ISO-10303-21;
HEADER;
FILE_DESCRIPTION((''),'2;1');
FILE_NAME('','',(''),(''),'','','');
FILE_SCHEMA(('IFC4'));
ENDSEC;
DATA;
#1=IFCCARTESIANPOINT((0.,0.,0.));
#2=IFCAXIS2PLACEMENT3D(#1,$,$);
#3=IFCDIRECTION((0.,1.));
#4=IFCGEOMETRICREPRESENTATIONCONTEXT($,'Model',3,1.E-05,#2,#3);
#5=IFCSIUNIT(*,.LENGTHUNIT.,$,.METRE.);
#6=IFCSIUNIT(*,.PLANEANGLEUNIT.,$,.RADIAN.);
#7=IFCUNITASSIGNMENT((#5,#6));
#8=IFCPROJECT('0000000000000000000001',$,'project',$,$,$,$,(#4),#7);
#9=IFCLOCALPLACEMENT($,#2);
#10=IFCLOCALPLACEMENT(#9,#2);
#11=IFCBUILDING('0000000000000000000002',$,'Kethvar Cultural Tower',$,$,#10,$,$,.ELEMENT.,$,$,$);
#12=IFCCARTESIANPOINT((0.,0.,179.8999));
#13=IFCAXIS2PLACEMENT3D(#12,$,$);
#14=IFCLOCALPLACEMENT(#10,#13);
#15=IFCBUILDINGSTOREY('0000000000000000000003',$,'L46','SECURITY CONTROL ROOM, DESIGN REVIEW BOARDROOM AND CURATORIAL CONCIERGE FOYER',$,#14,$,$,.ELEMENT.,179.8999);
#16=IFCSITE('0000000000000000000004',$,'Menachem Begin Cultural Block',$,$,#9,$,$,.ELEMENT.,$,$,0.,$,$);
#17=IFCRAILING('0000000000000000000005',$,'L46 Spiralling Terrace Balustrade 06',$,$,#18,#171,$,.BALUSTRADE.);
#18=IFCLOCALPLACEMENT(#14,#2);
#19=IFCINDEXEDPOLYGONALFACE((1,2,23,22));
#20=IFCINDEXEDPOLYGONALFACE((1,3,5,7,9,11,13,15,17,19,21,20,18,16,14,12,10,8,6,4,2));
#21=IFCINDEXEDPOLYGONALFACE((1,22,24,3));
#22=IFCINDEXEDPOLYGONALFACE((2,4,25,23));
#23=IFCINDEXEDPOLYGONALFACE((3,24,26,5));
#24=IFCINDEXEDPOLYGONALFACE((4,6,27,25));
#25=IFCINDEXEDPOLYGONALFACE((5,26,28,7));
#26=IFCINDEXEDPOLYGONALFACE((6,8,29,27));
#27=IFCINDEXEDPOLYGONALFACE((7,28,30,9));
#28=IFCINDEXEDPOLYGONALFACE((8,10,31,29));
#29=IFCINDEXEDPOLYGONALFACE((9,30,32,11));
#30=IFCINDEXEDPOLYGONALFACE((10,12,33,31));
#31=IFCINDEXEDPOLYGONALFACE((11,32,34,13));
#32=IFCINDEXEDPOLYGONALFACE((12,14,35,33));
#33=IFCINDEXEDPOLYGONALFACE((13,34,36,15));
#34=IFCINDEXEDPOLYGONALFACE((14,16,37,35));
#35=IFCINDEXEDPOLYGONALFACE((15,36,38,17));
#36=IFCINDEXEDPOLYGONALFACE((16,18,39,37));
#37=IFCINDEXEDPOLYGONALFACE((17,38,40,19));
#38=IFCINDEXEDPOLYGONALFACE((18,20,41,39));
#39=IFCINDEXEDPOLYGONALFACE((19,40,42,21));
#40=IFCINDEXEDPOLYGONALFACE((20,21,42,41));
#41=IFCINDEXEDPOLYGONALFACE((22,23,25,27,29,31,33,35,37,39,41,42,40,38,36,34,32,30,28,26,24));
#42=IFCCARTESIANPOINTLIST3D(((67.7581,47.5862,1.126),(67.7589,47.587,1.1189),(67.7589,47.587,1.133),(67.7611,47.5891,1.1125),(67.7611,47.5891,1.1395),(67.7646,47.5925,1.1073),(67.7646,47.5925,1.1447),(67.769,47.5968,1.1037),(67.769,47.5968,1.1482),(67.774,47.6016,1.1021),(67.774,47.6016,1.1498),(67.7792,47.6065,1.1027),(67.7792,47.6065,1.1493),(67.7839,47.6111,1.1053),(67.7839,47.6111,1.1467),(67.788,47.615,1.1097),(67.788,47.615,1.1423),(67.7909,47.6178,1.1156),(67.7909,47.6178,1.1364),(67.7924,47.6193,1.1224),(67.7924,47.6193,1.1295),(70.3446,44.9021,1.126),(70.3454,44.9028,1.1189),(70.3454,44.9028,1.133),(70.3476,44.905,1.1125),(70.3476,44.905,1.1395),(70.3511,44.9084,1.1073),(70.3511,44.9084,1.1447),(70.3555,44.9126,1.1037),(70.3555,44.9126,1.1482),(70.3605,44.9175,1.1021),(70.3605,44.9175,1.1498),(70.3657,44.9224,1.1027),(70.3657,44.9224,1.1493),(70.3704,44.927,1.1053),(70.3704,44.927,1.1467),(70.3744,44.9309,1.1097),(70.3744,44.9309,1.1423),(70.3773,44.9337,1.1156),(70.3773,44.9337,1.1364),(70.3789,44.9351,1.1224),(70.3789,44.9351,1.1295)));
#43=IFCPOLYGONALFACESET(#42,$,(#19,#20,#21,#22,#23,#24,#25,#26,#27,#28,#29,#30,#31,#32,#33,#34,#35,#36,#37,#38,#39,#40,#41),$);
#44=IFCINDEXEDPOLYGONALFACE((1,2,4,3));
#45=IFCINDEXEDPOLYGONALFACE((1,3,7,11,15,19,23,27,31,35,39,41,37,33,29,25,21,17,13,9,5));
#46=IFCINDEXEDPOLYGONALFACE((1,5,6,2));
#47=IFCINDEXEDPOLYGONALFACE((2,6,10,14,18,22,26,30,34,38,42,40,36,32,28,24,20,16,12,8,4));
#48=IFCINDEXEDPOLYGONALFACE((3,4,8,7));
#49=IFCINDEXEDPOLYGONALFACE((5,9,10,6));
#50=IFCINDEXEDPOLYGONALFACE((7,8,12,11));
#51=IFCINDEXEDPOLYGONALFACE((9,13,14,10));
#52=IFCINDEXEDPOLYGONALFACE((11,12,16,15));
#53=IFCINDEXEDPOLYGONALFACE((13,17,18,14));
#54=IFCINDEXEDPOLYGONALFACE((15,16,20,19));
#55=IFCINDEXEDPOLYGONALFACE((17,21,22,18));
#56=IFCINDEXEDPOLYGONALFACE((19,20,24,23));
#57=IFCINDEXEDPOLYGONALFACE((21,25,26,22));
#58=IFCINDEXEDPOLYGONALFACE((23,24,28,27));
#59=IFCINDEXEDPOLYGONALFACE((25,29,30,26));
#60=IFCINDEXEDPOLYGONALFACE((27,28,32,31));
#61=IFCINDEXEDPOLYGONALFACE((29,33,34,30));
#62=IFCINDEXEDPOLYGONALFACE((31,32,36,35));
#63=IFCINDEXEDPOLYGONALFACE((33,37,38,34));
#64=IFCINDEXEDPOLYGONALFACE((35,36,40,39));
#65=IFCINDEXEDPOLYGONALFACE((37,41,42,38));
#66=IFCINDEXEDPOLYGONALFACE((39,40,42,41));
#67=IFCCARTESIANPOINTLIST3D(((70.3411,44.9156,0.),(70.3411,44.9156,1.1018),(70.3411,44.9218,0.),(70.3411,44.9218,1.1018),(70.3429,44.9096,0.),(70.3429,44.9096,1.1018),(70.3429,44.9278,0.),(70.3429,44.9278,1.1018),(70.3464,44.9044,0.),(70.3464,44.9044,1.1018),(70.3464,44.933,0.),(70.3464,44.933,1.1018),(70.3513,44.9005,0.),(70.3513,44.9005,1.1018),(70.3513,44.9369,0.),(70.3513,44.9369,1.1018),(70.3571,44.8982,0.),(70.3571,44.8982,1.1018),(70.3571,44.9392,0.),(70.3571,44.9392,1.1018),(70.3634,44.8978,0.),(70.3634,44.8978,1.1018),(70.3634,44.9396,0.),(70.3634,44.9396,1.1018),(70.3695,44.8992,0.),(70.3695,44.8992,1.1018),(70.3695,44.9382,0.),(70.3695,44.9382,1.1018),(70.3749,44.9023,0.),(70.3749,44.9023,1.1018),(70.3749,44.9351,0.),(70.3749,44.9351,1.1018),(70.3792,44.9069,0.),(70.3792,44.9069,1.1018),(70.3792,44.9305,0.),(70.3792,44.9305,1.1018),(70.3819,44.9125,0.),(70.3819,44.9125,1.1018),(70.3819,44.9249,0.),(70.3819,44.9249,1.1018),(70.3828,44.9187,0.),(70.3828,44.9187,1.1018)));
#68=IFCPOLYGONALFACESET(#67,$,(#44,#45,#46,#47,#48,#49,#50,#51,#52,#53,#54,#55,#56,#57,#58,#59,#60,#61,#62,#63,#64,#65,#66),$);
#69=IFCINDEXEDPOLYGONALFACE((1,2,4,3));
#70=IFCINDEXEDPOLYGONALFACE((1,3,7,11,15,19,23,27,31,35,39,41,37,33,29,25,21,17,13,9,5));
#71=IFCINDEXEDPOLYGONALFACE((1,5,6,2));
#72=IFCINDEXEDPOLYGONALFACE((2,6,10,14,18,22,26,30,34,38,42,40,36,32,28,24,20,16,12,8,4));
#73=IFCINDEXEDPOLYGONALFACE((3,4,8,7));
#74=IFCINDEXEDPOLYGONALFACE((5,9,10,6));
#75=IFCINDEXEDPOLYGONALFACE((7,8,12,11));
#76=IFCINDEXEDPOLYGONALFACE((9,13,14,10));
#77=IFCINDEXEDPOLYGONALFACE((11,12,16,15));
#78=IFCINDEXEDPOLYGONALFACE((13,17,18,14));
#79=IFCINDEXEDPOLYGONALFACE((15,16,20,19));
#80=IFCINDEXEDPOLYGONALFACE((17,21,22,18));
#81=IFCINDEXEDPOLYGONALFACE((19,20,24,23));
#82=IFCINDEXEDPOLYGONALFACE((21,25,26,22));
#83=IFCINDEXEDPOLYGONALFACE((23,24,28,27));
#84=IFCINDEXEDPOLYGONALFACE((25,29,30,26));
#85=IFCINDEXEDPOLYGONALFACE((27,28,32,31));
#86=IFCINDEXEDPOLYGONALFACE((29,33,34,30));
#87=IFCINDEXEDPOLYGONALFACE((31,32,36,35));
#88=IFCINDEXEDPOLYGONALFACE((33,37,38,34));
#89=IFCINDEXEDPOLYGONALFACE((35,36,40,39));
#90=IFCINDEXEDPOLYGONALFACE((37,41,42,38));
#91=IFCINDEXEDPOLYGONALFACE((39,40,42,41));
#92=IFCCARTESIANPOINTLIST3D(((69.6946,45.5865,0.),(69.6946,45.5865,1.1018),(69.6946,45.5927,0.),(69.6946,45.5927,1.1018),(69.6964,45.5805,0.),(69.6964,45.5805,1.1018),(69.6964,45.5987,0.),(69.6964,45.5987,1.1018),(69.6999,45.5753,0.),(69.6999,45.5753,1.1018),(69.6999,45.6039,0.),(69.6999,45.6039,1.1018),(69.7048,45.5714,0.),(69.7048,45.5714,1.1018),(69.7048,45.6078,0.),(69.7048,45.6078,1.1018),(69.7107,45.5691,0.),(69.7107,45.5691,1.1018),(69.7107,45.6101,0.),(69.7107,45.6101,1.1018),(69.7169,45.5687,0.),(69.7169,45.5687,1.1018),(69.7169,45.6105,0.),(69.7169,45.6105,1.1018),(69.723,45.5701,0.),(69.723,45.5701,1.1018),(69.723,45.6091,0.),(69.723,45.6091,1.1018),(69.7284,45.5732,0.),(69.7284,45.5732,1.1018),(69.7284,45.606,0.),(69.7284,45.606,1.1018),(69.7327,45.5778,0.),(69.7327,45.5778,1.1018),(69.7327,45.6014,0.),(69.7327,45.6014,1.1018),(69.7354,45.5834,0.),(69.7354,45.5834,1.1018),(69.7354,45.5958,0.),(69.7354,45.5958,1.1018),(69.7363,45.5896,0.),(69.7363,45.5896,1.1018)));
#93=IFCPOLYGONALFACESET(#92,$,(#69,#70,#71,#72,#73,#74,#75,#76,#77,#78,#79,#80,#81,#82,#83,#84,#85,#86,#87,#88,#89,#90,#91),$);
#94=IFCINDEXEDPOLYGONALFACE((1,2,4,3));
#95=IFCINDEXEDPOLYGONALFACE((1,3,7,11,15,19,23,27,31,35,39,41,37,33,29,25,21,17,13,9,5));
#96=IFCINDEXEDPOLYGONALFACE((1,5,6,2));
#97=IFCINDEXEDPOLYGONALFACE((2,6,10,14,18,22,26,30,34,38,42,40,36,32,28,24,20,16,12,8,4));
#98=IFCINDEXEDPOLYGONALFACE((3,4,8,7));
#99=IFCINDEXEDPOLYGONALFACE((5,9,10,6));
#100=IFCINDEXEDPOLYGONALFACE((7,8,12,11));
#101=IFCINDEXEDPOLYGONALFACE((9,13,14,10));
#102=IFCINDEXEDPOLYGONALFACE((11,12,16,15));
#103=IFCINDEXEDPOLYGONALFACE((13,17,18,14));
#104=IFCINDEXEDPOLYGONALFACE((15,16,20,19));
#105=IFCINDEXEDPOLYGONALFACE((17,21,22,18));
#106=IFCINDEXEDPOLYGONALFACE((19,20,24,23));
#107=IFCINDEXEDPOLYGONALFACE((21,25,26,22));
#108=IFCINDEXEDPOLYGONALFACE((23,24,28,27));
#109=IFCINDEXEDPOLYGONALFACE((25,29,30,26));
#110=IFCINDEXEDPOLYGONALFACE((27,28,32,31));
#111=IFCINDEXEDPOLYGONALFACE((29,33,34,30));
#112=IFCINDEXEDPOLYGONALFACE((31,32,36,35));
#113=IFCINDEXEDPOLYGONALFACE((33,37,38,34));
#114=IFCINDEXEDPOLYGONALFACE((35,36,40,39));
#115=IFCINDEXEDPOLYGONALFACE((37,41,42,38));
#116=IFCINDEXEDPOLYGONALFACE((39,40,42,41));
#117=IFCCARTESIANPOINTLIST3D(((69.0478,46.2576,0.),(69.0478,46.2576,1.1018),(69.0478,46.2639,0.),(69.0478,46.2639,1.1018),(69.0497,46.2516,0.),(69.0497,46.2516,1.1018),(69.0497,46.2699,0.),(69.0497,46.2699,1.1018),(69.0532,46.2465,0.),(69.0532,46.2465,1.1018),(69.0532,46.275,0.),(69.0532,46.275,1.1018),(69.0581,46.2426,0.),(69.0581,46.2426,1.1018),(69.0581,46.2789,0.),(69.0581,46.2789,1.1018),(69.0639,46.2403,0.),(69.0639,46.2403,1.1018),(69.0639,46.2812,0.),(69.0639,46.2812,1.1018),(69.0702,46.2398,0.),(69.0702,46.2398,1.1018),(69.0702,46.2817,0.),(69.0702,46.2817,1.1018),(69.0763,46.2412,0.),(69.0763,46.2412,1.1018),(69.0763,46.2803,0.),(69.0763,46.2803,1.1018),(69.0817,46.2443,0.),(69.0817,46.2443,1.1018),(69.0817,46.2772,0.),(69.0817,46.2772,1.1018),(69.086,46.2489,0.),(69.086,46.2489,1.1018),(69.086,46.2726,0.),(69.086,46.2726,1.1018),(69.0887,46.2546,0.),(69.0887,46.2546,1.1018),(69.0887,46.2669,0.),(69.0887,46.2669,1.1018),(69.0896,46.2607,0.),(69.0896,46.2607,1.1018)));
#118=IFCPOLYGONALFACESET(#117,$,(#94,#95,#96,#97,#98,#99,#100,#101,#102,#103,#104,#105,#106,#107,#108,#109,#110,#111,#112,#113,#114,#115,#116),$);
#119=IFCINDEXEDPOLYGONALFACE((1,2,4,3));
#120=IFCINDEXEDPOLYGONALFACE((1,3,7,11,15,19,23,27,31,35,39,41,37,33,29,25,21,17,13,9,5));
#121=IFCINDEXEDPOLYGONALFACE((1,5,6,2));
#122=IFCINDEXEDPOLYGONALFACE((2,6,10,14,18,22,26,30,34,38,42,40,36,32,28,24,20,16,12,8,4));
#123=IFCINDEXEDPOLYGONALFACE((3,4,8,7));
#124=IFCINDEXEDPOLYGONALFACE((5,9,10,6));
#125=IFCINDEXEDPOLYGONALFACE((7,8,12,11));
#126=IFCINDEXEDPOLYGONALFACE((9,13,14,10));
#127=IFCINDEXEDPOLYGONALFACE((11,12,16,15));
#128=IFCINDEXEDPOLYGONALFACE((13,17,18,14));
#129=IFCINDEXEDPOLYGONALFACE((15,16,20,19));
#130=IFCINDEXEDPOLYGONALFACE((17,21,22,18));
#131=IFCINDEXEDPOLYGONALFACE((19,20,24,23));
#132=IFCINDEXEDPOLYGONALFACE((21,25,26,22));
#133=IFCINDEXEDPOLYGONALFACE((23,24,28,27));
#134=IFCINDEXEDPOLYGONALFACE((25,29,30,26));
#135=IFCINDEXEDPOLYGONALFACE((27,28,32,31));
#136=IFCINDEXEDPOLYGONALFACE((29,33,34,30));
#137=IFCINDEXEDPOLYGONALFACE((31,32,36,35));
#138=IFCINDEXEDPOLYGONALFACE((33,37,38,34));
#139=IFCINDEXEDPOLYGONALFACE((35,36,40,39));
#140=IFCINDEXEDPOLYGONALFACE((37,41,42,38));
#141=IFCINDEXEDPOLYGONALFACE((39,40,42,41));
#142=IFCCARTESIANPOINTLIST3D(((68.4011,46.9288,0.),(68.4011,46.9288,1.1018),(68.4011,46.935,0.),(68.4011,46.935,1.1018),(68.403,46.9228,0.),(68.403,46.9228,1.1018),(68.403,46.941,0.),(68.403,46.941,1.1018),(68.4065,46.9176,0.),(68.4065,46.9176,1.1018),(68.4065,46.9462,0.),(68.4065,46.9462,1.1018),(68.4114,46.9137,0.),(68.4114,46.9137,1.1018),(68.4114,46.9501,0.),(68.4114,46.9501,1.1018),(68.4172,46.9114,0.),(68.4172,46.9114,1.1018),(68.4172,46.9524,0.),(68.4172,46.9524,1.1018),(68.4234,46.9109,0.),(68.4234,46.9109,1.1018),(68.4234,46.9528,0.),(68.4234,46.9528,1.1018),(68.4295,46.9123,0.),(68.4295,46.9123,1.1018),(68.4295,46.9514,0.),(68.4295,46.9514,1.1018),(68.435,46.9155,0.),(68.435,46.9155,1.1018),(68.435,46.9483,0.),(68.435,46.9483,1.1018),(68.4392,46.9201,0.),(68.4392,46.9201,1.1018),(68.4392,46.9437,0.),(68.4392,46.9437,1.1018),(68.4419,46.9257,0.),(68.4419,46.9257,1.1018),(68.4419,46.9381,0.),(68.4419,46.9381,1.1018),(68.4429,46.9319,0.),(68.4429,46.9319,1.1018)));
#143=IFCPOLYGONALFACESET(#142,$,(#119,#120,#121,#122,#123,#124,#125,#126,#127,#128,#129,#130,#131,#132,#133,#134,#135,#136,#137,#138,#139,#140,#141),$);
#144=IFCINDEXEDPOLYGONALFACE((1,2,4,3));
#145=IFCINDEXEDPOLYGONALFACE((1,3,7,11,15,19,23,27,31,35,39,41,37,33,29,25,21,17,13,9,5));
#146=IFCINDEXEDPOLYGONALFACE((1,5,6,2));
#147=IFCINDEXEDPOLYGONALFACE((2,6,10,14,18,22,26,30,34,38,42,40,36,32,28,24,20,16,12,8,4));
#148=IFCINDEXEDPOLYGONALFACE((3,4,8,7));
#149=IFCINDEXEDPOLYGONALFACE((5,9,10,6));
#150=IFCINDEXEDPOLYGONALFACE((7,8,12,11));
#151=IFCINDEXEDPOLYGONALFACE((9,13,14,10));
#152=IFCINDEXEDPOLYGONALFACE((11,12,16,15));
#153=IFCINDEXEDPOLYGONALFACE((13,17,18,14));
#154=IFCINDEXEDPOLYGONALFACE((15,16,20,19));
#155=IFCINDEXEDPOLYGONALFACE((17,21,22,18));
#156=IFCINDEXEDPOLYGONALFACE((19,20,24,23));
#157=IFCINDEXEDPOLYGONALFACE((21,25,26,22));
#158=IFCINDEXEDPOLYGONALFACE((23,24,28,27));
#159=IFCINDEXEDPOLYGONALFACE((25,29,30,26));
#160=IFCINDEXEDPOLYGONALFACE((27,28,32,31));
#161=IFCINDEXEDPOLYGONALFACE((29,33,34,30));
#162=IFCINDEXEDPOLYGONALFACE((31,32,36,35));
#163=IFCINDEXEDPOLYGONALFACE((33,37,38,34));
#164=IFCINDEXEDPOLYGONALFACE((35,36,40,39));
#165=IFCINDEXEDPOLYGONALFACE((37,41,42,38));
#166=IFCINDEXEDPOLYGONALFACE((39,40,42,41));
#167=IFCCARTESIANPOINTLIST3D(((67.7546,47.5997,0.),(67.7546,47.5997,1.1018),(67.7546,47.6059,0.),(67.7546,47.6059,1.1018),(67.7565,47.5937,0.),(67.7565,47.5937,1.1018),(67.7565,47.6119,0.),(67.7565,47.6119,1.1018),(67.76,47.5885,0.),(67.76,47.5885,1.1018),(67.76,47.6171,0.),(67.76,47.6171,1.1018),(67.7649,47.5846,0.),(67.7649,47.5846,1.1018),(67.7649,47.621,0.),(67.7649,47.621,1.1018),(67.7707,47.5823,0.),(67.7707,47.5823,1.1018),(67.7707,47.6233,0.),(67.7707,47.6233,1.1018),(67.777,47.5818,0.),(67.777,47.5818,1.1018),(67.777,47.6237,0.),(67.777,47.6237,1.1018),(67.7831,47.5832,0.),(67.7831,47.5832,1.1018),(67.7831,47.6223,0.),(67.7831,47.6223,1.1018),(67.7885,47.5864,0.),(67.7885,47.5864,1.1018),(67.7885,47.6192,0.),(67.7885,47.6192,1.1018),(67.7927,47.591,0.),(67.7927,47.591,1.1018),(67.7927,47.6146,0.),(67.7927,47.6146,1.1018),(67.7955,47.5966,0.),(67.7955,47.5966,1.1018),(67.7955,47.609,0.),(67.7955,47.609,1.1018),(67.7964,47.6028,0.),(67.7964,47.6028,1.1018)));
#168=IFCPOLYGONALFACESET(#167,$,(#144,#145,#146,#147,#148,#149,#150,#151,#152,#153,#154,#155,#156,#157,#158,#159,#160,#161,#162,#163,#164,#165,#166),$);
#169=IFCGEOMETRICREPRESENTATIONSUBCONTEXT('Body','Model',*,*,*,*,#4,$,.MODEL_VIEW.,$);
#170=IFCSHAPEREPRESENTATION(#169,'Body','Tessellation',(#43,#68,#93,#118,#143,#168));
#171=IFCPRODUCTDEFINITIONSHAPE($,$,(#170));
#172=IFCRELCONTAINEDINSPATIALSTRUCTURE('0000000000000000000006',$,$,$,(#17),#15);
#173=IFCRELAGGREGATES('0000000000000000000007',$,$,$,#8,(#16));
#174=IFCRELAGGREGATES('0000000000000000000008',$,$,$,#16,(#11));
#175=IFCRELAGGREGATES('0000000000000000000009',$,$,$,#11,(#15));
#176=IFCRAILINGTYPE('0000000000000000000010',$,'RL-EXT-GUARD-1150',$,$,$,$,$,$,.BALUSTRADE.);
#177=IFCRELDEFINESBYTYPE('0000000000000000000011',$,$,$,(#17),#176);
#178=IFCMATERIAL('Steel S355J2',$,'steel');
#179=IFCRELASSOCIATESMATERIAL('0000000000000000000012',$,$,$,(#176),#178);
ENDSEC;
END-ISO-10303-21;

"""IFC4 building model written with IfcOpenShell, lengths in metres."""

from ifc_helpers import new_model, si_unit, direction, frame, origin, origin_2d, place, context, subcontext, project, spatial, circle, extrude, material, type_object, element, save


model = new_model("IFC4")

# Units and contexts
model_context = context("Model", 3, precision=1e-05, world=origin(), true_north=direction((0.0, 1.0)))
body_context = subcontext(model_context, "Body", "Model", "MODEL_VIEW")
ifc_project = project(units=[si_unit("LENGTHUNIT", "METRE"), si_unit("PLANEANGLEUNIT", "RADIAN")], contexts=[model_context])

# Site, building, storey
site_placement = place(None, origin())
site = spatial("IfcSite", under=ifc_project, at=site_placement, Name="Menachem Begin Cultural Block", CompositionType="ELEMENT", RefElevation=0.0)
building_placement = place(site_placement, origin())
building = spatial("IfcBuilding", under=site, at=building_placement, Name="Kethvar Cultural Tower", CompositionType="ELEMENT")
storey_placement = place(building_placement, frame((0.0, 0.0, 179.8999)))
storey = spatial("IfcBuildingStorey", under=building, at=storey_placement, Name="L46", Description="SECURITY CONTROL ROOM, DESIGN REVIEW BOARDROOM AND CURATORIAL CONCIERGE FOYER", CompositionType="ELEMENT", Elevation=179.8999)

# Shared definitions
ifc_material_1 = material(Name="Steel S355J2", Category="steel")

# Railing
railing_type = type_object("IfcRailingType", Name="RL-EXT-GUARD-1150", PredefinedType="BALUSTRADE", material=ifc_material_1)
railing_1_placement = place(storey_placement, frame((70.3618, 44.9187, 0.0)))
element("IfcRailing", 1, at=railing_1_placement, inside=storey, type_object=railing_type, Name="L46 Spiralling Terrace Balustrade 06", PredefinedType="BALUSTRADE", context=body_context, shape_type="SweptSolid", body=[
    extrude(circle(Radius=0.0239, at=origin_2d()), frame((0.0, 0.0, 1.126), z_axis=(-0.693886, 0.720085, 0.0), x_axis=(-0.720085, -0.693886, 0.0)), (0.0, 0.0, 1.0), 3.7275),
    extrude(circle(Radius=0.021, at=origin_2d()), origin(), (0.0, 0.0, 1.0), 1.1018),
    extrude(circle(Radius=0.021, at=origin_2d()), frame((-0.6465, 0.6709, 0.0)), (0.0, 0.0, 1.0), 1.1018),
    extrude(circle(Radius=0.021, at=origin_2d()), frame((-1.2932, 1.342, 0.0)), (0.0, 0.0, 1.0), 1.1018),
    extrude(circle(Radius=0.021, at=origin_2d()), frame((-1.9399, 2.0132, 0.0)), (0.0, 0.0, 1.0), 1.1018),
    extrude(circle(Radius=0.021, at=origin_2d()), frame((-2.5864, 2.6841, 0.0)), (0.0, 0.0, 1.0), 1.1018),
])

save(model, "model.ifc")
